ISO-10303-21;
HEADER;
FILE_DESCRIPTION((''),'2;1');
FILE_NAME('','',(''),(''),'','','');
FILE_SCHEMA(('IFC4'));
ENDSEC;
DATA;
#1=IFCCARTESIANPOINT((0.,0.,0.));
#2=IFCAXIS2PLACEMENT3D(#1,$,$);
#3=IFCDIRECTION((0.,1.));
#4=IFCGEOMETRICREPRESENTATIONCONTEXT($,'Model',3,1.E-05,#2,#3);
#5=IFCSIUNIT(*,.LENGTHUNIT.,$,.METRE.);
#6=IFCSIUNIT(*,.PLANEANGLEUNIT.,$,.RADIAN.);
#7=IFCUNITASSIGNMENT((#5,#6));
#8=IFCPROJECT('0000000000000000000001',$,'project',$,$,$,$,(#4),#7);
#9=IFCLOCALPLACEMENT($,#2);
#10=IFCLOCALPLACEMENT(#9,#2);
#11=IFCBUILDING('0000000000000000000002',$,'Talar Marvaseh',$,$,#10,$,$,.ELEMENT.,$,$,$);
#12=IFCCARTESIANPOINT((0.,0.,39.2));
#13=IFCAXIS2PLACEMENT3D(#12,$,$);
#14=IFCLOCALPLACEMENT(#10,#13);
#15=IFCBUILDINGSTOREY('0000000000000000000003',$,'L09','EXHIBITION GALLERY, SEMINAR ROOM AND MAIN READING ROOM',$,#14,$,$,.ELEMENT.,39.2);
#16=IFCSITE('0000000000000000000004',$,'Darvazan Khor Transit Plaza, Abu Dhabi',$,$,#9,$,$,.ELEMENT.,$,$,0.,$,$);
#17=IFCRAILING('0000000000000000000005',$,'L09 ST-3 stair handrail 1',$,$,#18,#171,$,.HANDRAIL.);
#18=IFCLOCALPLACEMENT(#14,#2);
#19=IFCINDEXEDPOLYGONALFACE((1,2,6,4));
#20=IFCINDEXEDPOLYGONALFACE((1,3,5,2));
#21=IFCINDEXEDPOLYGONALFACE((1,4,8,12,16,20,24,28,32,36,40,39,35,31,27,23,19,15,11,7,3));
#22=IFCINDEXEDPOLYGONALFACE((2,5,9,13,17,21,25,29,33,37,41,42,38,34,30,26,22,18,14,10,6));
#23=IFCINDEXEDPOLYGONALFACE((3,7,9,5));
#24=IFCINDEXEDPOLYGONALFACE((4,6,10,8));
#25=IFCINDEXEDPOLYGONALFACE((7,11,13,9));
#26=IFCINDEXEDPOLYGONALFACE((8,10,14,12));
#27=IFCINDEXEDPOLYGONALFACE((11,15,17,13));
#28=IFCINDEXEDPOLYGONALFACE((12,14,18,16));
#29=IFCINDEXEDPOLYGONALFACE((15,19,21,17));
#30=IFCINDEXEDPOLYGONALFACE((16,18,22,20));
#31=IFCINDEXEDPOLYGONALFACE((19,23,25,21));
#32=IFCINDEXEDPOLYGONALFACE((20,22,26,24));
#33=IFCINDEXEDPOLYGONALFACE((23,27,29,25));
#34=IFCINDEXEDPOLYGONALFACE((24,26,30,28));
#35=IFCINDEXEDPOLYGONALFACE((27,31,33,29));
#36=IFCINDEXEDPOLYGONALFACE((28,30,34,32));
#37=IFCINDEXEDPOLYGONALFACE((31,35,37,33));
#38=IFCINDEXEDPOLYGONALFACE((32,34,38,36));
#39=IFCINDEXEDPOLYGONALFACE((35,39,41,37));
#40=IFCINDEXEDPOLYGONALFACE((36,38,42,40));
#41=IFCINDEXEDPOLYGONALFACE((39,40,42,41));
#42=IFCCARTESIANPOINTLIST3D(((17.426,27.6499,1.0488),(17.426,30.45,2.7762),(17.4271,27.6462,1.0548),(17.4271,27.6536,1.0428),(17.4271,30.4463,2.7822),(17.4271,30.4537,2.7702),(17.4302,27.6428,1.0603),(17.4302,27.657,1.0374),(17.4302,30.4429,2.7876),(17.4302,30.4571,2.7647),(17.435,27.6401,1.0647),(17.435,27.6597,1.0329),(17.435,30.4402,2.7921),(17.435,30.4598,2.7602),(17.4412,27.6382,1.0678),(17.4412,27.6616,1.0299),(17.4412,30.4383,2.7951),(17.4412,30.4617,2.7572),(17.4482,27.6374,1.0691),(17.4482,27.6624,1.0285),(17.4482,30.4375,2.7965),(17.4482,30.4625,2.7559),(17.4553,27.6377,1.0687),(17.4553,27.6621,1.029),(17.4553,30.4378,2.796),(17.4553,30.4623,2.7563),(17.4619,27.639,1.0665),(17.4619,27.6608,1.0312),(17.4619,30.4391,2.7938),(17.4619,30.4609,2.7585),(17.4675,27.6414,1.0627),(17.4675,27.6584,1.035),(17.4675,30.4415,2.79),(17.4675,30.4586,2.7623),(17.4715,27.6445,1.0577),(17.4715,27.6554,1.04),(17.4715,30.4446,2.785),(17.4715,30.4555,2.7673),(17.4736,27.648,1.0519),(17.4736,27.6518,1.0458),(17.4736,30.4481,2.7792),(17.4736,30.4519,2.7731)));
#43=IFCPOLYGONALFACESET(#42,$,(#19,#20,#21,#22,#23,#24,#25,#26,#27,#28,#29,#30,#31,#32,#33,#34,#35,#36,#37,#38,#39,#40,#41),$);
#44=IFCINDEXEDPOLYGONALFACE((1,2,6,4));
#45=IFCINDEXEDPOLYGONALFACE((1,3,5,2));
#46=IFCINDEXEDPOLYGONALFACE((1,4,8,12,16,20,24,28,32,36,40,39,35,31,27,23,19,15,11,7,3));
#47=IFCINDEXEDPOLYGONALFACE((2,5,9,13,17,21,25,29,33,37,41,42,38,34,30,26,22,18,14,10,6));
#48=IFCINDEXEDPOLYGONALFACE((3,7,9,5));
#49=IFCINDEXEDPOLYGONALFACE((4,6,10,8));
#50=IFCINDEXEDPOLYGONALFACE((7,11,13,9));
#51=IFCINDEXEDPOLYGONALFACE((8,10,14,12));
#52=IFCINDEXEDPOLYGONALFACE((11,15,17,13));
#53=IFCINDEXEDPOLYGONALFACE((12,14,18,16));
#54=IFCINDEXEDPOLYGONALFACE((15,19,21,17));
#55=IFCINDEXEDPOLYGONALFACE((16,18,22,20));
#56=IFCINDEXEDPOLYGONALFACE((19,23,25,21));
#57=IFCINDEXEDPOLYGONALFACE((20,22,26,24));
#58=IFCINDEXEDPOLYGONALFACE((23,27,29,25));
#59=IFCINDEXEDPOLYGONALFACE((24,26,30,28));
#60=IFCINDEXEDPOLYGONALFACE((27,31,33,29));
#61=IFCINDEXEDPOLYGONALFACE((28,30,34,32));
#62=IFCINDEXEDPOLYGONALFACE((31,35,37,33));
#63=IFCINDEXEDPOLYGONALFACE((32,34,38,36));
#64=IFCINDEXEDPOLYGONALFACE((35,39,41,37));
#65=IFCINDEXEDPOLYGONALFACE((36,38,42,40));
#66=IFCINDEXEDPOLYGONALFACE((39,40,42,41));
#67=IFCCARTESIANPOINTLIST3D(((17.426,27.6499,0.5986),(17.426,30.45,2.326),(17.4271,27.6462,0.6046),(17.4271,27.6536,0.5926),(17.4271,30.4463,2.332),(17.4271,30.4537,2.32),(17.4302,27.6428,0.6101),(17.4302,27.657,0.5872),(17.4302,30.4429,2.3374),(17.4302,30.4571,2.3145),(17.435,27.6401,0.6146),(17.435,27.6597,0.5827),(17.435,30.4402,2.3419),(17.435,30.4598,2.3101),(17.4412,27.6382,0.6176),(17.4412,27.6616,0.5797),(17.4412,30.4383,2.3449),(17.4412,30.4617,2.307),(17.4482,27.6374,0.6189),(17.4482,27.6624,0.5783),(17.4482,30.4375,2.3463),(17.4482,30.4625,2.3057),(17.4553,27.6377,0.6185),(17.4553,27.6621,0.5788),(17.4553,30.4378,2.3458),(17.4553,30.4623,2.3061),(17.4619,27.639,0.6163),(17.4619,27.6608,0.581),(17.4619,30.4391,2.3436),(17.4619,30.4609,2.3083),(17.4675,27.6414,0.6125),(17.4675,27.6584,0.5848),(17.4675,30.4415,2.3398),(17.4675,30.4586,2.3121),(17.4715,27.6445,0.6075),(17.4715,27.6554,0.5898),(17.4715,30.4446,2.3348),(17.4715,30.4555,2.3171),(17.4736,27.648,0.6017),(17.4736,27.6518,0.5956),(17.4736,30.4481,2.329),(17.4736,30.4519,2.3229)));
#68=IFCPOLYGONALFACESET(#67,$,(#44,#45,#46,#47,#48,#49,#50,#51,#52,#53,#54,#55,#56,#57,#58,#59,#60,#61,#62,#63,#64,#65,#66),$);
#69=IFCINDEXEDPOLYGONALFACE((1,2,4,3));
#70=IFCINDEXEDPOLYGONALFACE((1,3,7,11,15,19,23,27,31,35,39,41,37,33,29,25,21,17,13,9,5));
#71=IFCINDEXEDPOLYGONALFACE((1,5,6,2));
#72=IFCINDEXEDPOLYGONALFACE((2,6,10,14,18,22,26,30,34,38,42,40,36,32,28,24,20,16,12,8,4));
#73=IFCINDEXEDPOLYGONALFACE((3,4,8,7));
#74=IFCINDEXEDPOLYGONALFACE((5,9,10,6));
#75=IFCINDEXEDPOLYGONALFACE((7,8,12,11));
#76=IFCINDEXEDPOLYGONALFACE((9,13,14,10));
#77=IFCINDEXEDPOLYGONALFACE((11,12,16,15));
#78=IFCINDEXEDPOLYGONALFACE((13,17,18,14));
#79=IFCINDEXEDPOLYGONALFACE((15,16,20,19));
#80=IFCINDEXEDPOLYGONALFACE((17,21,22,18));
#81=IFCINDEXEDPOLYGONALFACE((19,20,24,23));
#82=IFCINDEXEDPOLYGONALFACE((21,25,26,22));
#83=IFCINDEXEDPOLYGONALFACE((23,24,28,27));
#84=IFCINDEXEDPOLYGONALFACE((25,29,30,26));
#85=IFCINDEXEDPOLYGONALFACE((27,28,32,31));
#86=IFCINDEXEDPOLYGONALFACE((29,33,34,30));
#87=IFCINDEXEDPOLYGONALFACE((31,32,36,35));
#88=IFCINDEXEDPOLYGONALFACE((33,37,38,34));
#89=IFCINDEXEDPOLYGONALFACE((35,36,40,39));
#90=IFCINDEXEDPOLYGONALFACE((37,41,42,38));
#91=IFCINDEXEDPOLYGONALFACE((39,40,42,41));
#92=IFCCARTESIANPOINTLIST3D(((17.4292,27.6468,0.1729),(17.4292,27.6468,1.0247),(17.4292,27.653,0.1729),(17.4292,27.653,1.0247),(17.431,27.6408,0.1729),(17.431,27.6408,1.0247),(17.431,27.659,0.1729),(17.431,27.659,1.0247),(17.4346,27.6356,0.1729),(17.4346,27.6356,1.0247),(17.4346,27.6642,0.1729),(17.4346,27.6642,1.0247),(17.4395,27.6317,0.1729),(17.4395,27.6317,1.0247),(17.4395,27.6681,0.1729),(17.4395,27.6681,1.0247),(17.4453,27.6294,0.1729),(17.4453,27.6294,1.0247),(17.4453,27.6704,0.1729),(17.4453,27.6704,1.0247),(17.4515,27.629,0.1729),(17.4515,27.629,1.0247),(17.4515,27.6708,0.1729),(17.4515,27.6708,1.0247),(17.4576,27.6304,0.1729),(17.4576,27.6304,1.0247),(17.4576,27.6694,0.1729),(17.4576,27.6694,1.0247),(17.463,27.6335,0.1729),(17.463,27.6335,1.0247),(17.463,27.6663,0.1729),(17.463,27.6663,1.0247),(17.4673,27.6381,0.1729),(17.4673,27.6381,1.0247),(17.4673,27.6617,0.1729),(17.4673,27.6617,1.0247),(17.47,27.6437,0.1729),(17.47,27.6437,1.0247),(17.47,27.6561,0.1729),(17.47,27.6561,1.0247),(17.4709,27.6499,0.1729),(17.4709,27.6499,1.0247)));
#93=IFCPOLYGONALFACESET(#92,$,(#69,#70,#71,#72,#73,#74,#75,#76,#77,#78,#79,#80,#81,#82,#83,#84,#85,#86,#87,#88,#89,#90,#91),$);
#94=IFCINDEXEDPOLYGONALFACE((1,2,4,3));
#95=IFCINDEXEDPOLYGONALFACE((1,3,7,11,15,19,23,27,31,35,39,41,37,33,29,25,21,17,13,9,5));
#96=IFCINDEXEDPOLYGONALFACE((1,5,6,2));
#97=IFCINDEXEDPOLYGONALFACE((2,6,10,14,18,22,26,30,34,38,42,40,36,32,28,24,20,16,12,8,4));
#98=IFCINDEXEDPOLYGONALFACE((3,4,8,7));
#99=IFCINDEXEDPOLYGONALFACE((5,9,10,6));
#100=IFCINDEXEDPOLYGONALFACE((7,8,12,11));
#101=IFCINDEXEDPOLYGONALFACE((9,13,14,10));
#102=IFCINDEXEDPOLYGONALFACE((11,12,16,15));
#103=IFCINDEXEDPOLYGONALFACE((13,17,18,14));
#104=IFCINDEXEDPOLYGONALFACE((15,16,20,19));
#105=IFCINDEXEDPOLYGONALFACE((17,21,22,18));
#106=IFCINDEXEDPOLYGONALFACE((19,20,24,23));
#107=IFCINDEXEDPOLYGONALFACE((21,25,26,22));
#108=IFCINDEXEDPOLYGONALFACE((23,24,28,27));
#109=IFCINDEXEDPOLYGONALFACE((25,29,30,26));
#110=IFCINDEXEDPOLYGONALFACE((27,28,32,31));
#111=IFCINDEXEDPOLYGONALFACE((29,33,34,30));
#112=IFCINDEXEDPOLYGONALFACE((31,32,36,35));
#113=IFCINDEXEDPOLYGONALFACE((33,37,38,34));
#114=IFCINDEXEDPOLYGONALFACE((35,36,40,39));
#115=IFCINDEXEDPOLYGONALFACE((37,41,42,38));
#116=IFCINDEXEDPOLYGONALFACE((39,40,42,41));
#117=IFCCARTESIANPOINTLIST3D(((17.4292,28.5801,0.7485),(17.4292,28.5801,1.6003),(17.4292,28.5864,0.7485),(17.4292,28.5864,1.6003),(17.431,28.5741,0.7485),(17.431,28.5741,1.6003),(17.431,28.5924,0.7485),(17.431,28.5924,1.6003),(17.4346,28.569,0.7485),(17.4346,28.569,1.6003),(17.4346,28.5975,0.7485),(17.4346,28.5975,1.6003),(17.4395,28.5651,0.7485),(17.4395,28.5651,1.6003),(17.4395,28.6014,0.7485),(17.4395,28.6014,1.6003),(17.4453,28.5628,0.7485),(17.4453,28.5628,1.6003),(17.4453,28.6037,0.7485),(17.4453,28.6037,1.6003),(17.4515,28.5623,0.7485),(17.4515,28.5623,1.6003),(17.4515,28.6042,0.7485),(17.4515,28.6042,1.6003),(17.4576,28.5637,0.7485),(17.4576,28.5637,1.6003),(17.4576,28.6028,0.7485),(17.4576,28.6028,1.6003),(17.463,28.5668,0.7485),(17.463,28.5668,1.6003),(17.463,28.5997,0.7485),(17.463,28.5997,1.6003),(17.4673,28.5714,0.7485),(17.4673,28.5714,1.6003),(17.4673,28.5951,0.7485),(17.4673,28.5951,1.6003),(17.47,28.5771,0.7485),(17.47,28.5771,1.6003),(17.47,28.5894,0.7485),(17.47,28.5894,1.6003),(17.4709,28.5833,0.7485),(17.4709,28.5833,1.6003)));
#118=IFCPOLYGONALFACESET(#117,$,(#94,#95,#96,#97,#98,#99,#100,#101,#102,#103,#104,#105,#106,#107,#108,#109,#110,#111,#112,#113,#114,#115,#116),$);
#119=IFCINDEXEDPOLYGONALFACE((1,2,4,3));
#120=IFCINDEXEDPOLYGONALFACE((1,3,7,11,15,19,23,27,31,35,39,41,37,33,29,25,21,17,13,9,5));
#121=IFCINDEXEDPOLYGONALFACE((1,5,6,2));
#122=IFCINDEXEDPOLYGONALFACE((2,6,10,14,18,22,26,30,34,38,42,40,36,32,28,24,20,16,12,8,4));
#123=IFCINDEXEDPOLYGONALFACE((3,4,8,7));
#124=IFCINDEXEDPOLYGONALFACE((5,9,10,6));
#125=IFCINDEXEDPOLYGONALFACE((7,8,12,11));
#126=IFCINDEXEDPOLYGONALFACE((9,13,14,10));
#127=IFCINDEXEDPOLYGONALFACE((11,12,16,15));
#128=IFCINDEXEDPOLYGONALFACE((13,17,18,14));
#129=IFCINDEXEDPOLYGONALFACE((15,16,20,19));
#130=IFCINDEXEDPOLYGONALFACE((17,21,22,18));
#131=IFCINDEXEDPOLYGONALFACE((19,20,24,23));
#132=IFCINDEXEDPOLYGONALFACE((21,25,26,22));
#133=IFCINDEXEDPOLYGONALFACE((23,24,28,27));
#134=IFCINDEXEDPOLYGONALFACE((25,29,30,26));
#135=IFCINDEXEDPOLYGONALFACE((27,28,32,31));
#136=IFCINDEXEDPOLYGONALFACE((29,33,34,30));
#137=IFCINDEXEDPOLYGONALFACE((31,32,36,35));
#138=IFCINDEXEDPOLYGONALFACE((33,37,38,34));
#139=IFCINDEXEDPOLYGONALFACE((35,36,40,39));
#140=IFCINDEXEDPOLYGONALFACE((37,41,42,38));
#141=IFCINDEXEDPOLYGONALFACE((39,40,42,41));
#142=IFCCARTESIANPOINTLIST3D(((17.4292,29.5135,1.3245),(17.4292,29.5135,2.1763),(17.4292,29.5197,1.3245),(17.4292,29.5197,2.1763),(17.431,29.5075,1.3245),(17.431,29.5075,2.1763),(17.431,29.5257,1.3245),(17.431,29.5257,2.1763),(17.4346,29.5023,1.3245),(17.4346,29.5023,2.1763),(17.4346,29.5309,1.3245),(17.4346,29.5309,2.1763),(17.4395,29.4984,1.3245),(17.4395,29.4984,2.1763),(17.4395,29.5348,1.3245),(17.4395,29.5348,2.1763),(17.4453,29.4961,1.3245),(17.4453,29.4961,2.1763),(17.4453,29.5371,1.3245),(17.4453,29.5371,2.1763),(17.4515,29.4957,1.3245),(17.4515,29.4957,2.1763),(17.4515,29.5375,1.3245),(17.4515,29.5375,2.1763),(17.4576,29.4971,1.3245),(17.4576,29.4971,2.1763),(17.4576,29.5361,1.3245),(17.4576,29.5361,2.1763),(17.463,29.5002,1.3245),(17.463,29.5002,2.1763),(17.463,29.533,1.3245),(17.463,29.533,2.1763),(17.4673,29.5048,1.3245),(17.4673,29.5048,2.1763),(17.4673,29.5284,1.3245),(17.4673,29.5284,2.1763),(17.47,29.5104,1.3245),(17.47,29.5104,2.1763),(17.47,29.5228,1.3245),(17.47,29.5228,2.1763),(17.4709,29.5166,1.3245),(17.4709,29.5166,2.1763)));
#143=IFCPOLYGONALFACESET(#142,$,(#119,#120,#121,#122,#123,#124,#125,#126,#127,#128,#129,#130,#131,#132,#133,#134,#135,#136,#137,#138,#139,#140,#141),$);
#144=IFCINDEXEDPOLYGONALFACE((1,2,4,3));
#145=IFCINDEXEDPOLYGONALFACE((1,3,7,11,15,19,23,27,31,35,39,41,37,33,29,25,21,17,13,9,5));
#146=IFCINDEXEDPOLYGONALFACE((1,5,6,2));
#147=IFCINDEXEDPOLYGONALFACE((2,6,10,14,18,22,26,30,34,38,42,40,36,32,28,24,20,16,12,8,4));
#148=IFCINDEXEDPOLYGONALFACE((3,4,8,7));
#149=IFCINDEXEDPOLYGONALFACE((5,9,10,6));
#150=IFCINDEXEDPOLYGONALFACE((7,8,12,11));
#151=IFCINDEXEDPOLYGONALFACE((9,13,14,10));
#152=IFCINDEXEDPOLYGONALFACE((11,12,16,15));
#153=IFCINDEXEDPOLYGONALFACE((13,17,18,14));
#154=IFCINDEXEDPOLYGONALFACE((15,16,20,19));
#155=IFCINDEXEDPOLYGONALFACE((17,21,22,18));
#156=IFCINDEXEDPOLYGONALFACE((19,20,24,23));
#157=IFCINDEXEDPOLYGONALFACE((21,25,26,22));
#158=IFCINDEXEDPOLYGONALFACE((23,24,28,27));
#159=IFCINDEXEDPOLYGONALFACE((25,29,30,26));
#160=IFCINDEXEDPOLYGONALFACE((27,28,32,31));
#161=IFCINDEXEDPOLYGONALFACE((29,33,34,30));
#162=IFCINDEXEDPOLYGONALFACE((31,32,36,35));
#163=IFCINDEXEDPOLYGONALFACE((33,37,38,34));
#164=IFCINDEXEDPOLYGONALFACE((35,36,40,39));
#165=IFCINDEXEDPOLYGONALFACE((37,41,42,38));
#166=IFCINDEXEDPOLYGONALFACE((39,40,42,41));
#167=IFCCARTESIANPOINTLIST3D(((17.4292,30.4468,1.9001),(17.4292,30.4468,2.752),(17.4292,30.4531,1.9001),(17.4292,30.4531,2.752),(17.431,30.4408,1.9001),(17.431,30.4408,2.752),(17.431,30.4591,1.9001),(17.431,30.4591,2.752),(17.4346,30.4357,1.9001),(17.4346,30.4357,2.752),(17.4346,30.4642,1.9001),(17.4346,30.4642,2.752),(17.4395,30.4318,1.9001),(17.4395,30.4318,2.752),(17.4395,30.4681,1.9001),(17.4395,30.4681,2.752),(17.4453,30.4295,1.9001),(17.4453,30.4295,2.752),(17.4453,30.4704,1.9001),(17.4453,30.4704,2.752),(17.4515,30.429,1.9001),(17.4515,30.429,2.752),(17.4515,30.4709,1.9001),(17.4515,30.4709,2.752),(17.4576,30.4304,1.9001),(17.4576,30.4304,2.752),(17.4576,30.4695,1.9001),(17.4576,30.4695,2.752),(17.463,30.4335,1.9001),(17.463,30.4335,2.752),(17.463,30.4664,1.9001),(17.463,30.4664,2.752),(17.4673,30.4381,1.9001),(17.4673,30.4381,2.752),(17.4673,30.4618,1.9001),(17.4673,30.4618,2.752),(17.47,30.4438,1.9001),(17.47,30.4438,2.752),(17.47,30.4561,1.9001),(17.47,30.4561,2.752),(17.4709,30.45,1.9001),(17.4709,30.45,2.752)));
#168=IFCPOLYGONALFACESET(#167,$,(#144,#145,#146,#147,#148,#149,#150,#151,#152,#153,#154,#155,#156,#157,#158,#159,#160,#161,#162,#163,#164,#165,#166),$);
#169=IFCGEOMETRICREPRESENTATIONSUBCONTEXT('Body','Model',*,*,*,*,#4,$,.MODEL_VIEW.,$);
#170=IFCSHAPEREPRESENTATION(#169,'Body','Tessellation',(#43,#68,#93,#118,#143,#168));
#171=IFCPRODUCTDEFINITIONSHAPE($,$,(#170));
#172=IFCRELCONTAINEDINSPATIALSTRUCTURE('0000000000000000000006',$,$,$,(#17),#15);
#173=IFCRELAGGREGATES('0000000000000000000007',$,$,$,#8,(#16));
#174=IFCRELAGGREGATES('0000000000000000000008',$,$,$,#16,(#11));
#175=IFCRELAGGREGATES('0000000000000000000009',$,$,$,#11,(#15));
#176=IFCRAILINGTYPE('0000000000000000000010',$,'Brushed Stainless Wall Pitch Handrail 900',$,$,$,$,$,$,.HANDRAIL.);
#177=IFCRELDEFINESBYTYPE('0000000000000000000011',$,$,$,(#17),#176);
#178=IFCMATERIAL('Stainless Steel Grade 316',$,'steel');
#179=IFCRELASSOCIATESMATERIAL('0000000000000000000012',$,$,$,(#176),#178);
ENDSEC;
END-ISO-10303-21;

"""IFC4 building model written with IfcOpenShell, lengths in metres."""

from ifc_helpers import new_model, si_unit, direction, frame, origin, origin_2d, place, context, subcontext, project, spatial, circle, extrude, material, type_object, element, save


model = new_model("IFC4")

# Units and contexts
model_context = context("Model", 3, precision=1e-05, world=origin(), true_north=direction((0.0, 1.0)))
body_context = subcontext(model_context, "Body", "Model", "MODEL_VIEW")
ifc_project = project(units=[si_unit("LENGTHUNIT", "METRE"), si_unit("PLANEANGLEUNIT", "RADIAN")], contexts=[model_context])

# Site, building, storey
site_placement = place(None, origin())
site = spatial("IfcSite", under=ifc_project, at=site_placement, Name="Darvazan Khor Transit Plaza, Abu Dhabi", CompositionType="ELEMENT", RefElevation=0.0)
building_placement = place(site_placement, origin())
building = spatial("IfcBuilding", under=site, at=building_placement, Name="Talar Marvaseh", CompositionType="ELEMENT")
storey_placement = place(building_placement, frame((0.0, 0.0, 39.2)))
storey = spatial("IfcBuildingStorey", under=building, at=storey_placement, Name="L09", Description="EXHIBITION GALLERY, SEMINAR ROOM AND MAIN READING ROOM", CompositionType="ELEMENT", Elevation=39.2)

# Railing
ifc_material_1 = material(Name="Stainless Steel Grade 316", Category="steel")
railing_type_1 = type_object("IfcRailingType", Name="Brushed Stainless Wall Pitch Handrail 900", PredefinedType="HANDRAIL", material=ifc_material_1)
railing_1_placement = place(storey_placement, frame((17.45, 27.6499, 0.1729)))
element("IfcRailing", 1, at=railing_1_placement, inside=storey, type_object=railing_type_1, Name="L09 ST-3 stair handrail 1", PredefinedType="HANDRAIL", context=body_context, shape_type="SweptSolid", body=[
    extrude(circle(Radius=0.0239, at=origin_2d()), frame((0.0, 0.0, 0.876), z_axis=(0.0, 0.85109, 0.52502), x_axis=(-1.0, 0.0, 0.0)), (0.0, 0.0, 1.0), 3.29),
    extrude(circle(Radius=0.0239, at=origin_2d()), frame((0.0, 0.0, 0.4258), z_axis=(0.0, 0.85109, 0.52502), x_axis=(-1.0, 0.0, 0.0)), (0.0, 0.0, 1.0), 3.29),
    extrude(circle(Radius=0.021, at=origin_2d()), origin(), (0.0, 0.0, 1.0), 0.8518),
    extrude(circle(Radius=0.021, at=origin_2d()), frame((0.0, 0.9333, 0.5757)), (0.0, 0.0, 1.0), 0.8518),
    extrude(circle(Radius=0.021, at=origin_2d()), frame((0.0, 1.8667, 1.1516)), (0.0, 0.0, 1.0), 0.8518),
    extrude(circle(Radius=0.021, at=origin_2d()), frame((0.0, 2.8, 1.7273)), (0.0, 0.0, 1.0), 0.8518),
])

save(model, "model.ifc")
